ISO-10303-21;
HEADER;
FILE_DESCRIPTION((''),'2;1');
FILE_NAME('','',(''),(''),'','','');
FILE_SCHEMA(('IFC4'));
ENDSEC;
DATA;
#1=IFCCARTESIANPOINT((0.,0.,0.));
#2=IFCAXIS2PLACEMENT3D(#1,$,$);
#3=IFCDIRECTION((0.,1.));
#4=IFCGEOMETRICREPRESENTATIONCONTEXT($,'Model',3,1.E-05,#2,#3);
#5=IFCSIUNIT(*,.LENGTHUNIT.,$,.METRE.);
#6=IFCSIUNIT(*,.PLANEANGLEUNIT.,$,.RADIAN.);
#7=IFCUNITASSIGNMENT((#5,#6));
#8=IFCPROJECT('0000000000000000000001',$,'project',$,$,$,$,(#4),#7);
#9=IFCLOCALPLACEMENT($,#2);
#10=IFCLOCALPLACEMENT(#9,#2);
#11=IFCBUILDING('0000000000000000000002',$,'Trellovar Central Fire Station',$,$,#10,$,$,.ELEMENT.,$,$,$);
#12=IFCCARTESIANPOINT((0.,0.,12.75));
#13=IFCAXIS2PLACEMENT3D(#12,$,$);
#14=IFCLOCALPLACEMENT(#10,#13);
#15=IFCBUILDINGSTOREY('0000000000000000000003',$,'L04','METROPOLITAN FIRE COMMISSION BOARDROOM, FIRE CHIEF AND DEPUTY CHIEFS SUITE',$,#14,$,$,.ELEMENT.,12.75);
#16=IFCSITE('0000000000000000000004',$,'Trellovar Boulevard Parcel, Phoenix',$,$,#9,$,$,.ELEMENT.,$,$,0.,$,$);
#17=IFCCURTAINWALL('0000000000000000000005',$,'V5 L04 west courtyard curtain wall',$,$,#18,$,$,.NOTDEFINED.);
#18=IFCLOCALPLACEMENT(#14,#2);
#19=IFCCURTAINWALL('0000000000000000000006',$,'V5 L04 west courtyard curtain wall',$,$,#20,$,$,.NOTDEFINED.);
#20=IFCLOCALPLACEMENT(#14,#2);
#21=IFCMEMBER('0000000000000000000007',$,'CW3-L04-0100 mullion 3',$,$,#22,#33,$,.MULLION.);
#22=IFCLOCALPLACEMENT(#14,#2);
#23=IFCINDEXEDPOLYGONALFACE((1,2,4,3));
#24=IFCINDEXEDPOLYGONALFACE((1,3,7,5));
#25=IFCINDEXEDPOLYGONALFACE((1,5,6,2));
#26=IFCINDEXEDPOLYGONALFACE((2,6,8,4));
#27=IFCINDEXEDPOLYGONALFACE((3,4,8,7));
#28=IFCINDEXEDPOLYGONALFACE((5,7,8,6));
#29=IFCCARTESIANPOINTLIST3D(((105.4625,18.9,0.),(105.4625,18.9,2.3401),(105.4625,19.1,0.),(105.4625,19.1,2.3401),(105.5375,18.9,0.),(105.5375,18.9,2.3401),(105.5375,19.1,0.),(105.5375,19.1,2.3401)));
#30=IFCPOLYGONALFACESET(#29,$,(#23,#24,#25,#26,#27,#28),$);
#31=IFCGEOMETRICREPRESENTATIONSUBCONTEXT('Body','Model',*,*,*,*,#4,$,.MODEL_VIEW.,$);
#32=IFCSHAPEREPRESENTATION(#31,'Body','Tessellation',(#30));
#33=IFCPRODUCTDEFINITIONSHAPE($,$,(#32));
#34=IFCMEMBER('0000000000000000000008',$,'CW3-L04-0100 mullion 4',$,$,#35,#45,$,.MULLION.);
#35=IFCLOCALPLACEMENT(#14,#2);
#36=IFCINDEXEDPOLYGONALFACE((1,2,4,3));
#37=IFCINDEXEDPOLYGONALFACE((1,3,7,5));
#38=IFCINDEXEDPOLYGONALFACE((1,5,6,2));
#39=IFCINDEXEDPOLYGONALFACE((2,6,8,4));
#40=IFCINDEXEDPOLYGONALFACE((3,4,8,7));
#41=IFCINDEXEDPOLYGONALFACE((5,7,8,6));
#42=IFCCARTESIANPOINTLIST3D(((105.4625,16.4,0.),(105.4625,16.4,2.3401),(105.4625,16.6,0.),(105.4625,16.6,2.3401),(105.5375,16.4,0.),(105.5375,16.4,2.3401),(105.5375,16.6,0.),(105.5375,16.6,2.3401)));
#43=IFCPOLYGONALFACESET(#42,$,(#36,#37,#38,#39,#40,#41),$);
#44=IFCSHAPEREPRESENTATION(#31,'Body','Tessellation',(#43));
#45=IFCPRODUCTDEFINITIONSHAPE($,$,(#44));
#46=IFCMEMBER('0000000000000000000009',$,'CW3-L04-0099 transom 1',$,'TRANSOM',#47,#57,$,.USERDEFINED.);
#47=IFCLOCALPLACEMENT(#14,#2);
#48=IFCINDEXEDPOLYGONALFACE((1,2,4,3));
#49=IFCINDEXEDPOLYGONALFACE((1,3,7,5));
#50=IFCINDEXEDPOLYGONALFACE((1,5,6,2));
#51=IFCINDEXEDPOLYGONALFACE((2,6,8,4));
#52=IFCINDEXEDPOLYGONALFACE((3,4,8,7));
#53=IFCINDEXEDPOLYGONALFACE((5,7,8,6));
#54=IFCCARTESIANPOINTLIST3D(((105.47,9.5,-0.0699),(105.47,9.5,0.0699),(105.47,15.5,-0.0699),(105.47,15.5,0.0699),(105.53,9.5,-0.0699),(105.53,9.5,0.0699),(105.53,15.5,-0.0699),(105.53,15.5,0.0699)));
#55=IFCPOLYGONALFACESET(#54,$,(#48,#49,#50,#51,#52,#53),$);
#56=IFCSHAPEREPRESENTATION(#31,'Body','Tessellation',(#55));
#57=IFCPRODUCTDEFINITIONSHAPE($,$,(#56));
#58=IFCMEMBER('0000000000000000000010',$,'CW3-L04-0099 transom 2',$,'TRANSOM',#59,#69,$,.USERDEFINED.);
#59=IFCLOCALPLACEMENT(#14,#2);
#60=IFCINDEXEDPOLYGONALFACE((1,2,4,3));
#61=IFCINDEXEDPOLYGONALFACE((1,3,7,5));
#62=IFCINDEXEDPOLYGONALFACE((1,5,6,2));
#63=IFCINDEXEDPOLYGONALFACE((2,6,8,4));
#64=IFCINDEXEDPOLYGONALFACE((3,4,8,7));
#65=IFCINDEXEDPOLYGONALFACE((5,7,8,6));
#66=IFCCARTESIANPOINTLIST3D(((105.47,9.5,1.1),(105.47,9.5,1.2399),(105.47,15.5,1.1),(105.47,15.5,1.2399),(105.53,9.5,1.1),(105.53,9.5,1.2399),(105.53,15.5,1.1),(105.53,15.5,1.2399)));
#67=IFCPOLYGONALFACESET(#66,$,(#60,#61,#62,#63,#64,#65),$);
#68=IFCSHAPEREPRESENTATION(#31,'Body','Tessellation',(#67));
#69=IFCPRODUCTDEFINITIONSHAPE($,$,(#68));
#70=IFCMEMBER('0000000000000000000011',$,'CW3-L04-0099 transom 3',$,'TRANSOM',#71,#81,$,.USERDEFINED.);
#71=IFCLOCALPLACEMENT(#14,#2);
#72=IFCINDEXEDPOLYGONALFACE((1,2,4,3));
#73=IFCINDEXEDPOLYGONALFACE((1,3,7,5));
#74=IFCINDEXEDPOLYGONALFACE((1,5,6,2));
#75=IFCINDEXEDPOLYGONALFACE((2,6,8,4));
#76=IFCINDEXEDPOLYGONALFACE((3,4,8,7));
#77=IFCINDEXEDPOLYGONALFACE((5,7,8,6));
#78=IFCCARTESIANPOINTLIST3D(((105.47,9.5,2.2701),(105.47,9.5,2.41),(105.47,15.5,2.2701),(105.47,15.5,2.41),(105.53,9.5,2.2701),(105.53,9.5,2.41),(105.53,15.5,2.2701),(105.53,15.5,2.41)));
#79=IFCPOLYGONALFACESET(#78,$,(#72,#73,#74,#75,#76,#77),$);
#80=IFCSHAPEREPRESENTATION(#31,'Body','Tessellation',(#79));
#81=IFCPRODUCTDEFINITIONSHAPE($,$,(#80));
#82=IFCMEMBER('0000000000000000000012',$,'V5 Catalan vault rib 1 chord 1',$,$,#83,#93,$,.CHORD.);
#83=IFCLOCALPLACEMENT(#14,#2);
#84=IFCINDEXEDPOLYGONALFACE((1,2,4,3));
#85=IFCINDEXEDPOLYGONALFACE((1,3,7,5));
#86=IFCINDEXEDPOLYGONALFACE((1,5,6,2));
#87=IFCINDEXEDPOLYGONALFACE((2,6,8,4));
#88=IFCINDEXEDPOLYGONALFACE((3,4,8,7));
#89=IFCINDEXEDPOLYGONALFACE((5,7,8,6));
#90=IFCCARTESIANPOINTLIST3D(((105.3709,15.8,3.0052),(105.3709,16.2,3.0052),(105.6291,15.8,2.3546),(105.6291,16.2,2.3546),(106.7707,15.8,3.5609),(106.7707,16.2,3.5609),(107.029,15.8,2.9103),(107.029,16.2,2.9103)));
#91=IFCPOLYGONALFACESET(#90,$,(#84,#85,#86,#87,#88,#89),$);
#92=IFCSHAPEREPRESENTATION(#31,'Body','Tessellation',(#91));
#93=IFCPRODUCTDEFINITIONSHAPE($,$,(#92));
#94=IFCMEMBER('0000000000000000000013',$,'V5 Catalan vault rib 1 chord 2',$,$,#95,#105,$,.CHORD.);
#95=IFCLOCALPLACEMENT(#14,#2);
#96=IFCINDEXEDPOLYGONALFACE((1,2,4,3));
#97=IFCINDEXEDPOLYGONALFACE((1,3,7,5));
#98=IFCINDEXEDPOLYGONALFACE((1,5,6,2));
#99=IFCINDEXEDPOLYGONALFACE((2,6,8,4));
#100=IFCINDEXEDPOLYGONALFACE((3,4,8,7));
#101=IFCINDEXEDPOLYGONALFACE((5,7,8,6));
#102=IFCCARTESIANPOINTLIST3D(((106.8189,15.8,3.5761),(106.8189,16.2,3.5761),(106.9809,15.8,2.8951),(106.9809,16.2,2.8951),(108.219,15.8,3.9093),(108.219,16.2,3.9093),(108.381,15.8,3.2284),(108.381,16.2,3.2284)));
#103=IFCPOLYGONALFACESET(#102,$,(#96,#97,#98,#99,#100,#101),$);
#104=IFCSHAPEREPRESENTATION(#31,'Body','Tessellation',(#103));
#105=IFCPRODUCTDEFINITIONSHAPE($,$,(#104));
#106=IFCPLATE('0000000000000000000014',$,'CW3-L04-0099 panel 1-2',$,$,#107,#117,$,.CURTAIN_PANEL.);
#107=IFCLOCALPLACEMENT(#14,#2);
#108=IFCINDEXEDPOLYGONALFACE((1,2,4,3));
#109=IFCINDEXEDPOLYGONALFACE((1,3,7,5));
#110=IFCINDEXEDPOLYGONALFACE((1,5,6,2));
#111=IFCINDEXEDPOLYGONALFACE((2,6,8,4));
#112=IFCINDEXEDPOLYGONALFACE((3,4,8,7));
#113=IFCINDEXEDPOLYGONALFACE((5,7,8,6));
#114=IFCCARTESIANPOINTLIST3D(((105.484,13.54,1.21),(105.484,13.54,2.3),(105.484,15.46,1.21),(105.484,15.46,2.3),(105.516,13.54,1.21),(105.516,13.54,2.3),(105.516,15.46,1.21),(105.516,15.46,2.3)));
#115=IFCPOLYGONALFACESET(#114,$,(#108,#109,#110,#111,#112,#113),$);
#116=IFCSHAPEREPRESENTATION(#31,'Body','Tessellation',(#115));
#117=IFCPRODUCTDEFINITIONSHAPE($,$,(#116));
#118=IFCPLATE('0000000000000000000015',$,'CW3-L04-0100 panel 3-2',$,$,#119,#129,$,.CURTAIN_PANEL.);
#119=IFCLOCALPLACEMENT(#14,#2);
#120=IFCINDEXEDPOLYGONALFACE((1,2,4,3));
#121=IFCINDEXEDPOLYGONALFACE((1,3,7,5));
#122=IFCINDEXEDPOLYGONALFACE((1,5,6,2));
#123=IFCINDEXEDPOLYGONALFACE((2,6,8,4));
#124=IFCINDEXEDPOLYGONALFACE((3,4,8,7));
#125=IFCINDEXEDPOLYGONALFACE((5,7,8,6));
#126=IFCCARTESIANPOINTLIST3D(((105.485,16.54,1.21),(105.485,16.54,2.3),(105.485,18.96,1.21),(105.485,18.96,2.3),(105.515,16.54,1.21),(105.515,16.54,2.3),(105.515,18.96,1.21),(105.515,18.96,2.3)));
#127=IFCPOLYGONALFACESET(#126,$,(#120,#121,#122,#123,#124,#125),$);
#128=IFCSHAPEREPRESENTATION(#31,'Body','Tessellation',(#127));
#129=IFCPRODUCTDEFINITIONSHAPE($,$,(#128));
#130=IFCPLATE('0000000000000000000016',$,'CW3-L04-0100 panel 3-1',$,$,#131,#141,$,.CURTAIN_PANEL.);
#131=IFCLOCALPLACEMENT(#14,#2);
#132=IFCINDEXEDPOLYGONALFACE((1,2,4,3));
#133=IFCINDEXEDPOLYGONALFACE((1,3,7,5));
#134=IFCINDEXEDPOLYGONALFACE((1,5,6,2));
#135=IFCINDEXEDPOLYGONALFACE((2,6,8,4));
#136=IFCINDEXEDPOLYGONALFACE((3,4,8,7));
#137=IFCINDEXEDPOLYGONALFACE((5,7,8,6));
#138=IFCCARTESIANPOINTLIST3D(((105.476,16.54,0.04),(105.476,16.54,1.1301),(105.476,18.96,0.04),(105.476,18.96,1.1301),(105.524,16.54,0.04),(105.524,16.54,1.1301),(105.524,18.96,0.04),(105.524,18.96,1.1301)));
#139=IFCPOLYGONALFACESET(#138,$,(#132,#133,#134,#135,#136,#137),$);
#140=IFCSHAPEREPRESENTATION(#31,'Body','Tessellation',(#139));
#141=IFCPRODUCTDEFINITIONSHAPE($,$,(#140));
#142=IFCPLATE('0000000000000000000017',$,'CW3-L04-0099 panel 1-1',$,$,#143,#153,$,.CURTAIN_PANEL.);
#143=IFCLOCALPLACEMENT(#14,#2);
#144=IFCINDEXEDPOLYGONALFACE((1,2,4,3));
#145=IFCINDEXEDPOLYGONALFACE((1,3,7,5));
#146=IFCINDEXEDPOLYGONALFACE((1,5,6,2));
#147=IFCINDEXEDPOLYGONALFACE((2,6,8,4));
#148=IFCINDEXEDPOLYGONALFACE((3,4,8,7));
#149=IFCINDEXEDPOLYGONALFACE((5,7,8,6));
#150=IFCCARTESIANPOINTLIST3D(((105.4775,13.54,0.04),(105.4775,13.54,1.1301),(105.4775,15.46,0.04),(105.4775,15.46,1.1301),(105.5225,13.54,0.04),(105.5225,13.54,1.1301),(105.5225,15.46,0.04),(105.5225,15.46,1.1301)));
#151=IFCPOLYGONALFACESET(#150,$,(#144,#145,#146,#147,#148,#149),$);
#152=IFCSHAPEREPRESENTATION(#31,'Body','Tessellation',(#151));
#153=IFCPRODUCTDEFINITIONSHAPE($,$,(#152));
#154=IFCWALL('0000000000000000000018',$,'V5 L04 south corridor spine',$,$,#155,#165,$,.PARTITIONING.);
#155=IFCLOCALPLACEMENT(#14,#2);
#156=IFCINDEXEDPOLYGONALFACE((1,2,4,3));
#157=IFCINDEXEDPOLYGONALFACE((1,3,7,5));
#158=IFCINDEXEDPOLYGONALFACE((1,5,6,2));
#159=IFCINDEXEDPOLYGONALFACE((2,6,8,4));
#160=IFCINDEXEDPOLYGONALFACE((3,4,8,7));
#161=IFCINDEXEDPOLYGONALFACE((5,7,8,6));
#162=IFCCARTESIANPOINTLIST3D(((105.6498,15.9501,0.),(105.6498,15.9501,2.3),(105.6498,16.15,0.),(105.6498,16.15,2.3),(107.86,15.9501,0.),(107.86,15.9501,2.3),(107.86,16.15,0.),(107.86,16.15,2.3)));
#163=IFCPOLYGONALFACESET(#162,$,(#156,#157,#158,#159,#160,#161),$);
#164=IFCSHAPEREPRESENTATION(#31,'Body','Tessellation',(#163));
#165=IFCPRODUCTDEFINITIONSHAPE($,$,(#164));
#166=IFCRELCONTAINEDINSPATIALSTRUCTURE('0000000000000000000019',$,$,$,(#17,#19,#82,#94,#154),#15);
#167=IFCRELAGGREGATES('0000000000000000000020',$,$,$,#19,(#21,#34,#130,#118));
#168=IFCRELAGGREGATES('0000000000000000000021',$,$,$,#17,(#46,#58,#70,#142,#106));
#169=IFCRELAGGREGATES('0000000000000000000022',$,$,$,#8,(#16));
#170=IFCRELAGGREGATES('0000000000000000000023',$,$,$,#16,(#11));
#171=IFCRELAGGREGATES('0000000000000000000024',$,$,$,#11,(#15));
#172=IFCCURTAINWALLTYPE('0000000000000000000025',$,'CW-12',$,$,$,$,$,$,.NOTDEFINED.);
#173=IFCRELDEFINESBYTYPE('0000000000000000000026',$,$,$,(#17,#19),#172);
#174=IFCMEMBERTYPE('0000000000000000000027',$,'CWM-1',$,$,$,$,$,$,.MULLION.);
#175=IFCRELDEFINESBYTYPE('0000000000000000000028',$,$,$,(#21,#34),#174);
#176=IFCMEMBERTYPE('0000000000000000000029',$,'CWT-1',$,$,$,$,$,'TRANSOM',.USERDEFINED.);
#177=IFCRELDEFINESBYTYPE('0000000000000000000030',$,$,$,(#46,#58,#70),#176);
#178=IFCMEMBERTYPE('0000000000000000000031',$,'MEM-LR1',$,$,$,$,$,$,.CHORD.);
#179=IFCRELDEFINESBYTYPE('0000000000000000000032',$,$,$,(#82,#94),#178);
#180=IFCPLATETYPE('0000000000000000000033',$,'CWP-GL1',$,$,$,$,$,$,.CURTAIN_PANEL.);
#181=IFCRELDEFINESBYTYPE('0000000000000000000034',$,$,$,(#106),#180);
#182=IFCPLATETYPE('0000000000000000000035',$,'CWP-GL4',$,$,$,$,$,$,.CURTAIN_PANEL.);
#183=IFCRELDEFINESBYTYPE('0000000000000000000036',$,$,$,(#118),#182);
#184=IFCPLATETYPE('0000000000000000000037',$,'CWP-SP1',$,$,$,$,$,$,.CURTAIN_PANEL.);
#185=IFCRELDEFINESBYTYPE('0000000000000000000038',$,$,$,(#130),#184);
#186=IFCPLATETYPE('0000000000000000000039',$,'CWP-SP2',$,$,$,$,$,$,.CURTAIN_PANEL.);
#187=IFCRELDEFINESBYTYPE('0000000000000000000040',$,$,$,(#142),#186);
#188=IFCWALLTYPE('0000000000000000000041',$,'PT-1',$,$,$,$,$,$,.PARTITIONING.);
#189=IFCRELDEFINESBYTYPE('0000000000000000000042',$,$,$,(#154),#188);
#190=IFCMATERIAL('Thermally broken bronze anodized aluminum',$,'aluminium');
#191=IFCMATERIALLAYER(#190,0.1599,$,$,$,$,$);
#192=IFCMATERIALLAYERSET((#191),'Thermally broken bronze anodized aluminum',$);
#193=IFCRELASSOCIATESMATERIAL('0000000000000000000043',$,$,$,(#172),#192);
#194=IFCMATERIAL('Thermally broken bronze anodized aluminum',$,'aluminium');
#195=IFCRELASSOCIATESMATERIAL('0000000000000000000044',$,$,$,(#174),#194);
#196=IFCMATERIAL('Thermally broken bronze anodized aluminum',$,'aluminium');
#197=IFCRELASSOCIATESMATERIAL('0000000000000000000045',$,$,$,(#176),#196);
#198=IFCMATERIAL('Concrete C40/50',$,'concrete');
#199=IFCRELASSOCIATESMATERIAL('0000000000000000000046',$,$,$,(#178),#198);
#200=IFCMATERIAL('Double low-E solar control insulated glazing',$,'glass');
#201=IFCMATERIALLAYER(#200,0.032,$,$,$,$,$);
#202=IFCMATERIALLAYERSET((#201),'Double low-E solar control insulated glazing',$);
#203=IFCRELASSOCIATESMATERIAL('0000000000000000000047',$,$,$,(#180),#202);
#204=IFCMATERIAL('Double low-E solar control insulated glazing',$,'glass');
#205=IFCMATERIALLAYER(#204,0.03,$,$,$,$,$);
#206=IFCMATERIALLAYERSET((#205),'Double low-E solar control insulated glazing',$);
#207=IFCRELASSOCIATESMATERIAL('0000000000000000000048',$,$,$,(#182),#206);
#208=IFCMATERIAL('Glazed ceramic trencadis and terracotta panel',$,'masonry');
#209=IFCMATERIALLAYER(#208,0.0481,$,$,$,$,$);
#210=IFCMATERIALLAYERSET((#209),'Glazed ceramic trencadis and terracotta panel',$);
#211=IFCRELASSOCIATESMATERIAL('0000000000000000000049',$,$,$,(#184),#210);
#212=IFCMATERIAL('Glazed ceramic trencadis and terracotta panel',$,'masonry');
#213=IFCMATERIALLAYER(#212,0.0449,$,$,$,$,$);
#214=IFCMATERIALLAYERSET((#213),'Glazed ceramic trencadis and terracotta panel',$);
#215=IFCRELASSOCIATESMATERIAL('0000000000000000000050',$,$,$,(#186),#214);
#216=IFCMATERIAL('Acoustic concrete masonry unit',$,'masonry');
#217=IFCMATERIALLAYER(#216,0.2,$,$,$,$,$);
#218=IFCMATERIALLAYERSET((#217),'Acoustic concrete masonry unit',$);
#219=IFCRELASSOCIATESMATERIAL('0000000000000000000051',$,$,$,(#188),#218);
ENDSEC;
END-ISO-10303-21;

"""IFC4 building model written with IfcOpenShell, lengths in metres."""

from ifc_helpers import new_model, si_unit, direction, frame, frame_2d, origin, origin_2d, place, context, subcontext, project, spatial, rectangle, extrude, material, layer, layer_set, material_profile, profile_set, type_object, element, aggregate, save


model = new_model("IFC4")

# Units and contexts
model_context = context("Model", 3, precision=1e-05, world=origin(), true_north=direction((0.0, 1.0)))
body_context = subcontext(model_context, "Body", "Model", "MODEL_VIEW")
ifc_project = project(units=[si_unit("LENGTHUNIT", "METRE"), si_unit("PLANEANGLEUNIT", "RADIAN")], contexts=[model_context])

# Site, building, storey
site_placement = place(None, origin())
site = spatial("IfcSite", under=ifc_project, at=site_placement, Name="Trellovar Boulevard Parcel, Phoenix", CompositionType="ELEMENT", RefElevation=0.0)
building_placement = place(site_placement, origin())
building = spatial("IfcBuilding", under=site, at=building_placement, Name="Trellovar Central Fire Station", CompositionType="ELEMENT")
storey_placement = place(building_placement, frame((0.0, 0.0, 12.75)))
storey = spatial("IfcBuildingStorey", under=building, at=storey_placement, Name="L04", Description="METROPOLITAN FIRE COMMISSION BOARDROOM, FIRE CHIEF AND DEPUTY CHIEFS SUITE", CompositionType="ELEMENT", Elevation=12.75)

# Curtain wall
ifc_material_1 = material(Name="Thermally broken bronze anodized aluminum", Category="aluminium")
ifc_layer_1 = layer(ifc_material_1, 0.1599)
ifc_layer_set_1 = layer_set([ifc_layer_1], Name="Thermally broken bronze anodized aluminum")
curtain_wall_type = type_object("IfcCurtainWallType", Name="CW-12", PredefinedType="NOTDEFINED", material=ifc_layer_set_1)
curtain_wall_1_placement = place(storey_placement, origin())
curtain_wall_1 = element("IfcCurtainWall", 1, at=curtain_wall_1_placement, inside=storey, type_object=curtain_wall_type, Name="V5 L04 west courtyard curtain wall", PredefinedType="NOTDEFINED")
ifc_material_2 = material(Name="Thermally broken bronze anodized aluminum", Category="aluminium")
ifc_material_profile_1 = material_profile(ifc_material_2, rectangle(XDim=0.075, YDim=0.2, at=origin_2d()), Name="ALU75X200")
ifc_profile_set_1 = profile_set([ifc_material_profile_1], Name="Thermally broken bronze anodized aluminum")
member_type_1 = type_object("IfcMemberType", Name="CWM-1", PredefinedType="MULLION", material=ifc_profile_set_1)

# Curtain wall, members
curtain_wall_2_placement = place(storey_placement, origin())
curtain_wall_2 = element("IfcCurtainWall", 2, at=curtain_wall_2_placement, inside=storey, type_object=curtain_wall_type, Name="V5 L04 west courtyard curtain wall", PredefinedType="NOTDEFINED")
member_1_placement = place(storey_placement, frame((105.5, 19.0, 0.0), z_axis=(0.0, 0.0, 1.0), x_axis=(1.0, 0.0, 0.0)))
member_1 = element("IfcMember", 3, at=member_1_placement, type_object=member_type_1, Name="CW3-L04-0100 mullion 3", PredefinedType="MULLION", context=body_context, shape_type="SweptSolid", body=[
    extrude(rectangle(XDim=0.075, YDim=0.2, at=origin_2d()), origin(), (0.0, 0.0, 1.0), 2.3401),
])
member_2_placement = place(storey_placement, frame((105.5, 16.5, 0.0), z_axis=(0.0, 0.0, 1.0), x_axis=(1.0, 0.0, 0.0)))
member_2 = element("IfcMember", 4, at=member_2_placement, type_object=member_type_1, Name="CW3-L04-0100 mullion 4", PredefinedType="MULLION", context=body_context, shape_type="SweptSolid", body=[
    extrude(rectangle(XDim=0.075, YDim=0.2, at=origin_2d()), origin(), (0.0, 0.0, 1.0), 2.3401),
])

# Members
ifc_material_3 = material(Name="Thermally broken bronze anodized aluminum", Category="aluminium")
ifc_material_profile_2 = material_profile(ifc_material_3, rectangle(XDim=0.0601, YDim=0.1399, at=origin_2d()), Name="ALU60X140")
ifc_profile_set_2 = profile_set([ifc_material_profile_2], Name="Thermally broken bronze anodized aluminum")
member_type_2 = type_object("IfcMemberType", Name="CWT-1", ElementType="TRANSOM", PredefinedType="USERDEFINED", material=ifc_profile_set_2)
member_3_placement = place(storey_placement, frame((105.5, 15.5, 0.0), z_axis=(0.0, -1.0, 0.0), x_axis=(1.0, 0.0, 0.0)))
member_3 = element("IfcMember", 5, at=member_3_placement, type_object=member_type_2, Name="CW3-L04-0099 transom 1", ObjectType="TRANSOM", PredefinedType="USERDEFINED", context=body_context, shape_type="SweptSolid", body=[
    extrude(rectangle(XDim=0.0601, YDim=0.1399, at=origin_2d()), origin(), (0.0, 0.0, 1.0), 6.0),
])
member_4_placement = place(storey_placement, frame((105.5, 15.5, 1.1699), z_axis=(0.0, -1.0, 0.0), x_axis=(1.0, 0.0, 0.0)))
member_4 = element("IfcMember", 6, at=member_4_placement, type_object=member_type_2, Name="CW3-L04-0099 transom 2", ObjectType="TRANSOM", PredefinedType="USERDEFINED", context=body_context, shape_type="SweptSolid", body=[
    extrude(rectangle(XDim=0.0601, YDim=0.1399, at=origin_2d()), origin(), (0.0, 0.0, 1.0), 6.0),
])
member_5_placement = place(storey_placement, frame((105.5, 15.5, 2.3401), z_axis=(0.0, -1.0, 0.0), x_axis=(1.0, 0.0, 0.0)))
member_5 = element("IfcMember", 7, at=member_5_placement, type_object=member_type_2, Name="CW3-L04-0099 transom 3", ObjectType="TRANSOM", PredefinedType="USERDEFINED", context=body_context, shape_type="SweptSolid", body=[
    extrude(rectangle(XDim=0.0601, YDim=0.1399, at=origin_2d()), origin(), (0.0, 0.0, 1.0), 6.0),
])

# Members
ifc_material_4 = material(Name="Concrete C40/50", Category="concrete")
ifc_material_profile_3 = material_profile(ifc_material_4, rectangle(XDim=0.3999, YDim=0.7, at=origin_2d()), Name="RC400X700")
ifc_profile_set_3 = profile_set([ifc_material_profile_3], Name="Concrete C40/50")
member_type_3 = type_object("IfcMemberType", Name="MEM-LR1", PredefinedType="CHORD", material=ifc_profile_set_3)
member_6_placement = place(storey_placement, frame((105.5, 16.0, 2.6799), z_axis=(0.929457, 0.0, 0.36893), x_axis=(0.0, 1.0, 0.0)))
element("IfcMember", 8, at=member_6_placement, inside=storey, type_object=member_type_3, Name="V5 Catalan vault rib 1 chord 1", PredefinedType="CHORD", context=body_context, shape_type="SweptSolid", body=[
    extrude(rectangle(XDim=0.3999, YDim=0.7, at=origin_2d()), origin(), (0.0, 0.0, 1.0), 1.5061),
])
member_7_placement = place(storey_placement, frame((106.8999, 16.0, 3.2356), z_axis=(0.972824, 0.0, 0.231544), x_axis=(0.0, 1.0, 0.0)))
element("IfcMember", 9, at=member_7_placement, inside=storey, type_object=member_type_3, Name="V5 Catalan vault rib 1 chord 2", PredefinedType="CHORD", context=body_context, shape_type="SweptSolid", body=[
    extrude(rectangle(XDim=0.3999, YDim=0.7, at=origin_2d()), origin(), (0.0, 0.0, 1.0), 1.4392),
])

# Plates
ifc_material_5 = material(Name="Double low-E solar control insulated glazing", Category="glass")
ifc_layer_2 = layer(ifc_material_5, 0.032)
ifc_layer_set_2 = layer_set([ifc_layer_2], Name="Double low-E solar control insulated glazing")
plate_type_1 = type_object("IfcPlateType", Name="CWP-GL1", PredefinedType="CURTAIN_PANEL", material=ifc_layer_set_2)
plate_1_placement = place(storey_placement, frame((105.5, 14.5, 1.21), z_axis=(0.0, 0.0, 1.0), x_axis=(0.0, -1.0, 0.0)))
plate_1 = element("IfcPlate", 10, at=plate_1_placement, type_object=plate_type_1, Name="CW3-L04-0099 panel 1-2", PredefinedType="CURTAIN_PANEL", context=body_context, shape_type="SweptSolid", body=[
    extrude(rectangle(XDim=1.9199, YDim=0.032, at=origin_2d()), origin(), (0.0, 0.0, 1.0), 1.0901),
])
ifc_material_6 = material(Name="Double low-E solar control insulated glazing", Category="glass")
ifc_layer_3 = layer(ifc_material_6, 0.03)
ifc_layer_set_3 = layer_set([ifc_layer_3], Name="Double low-E solar control insulated glazing")
plate_type_2 = type_object("IfcPlateType", Name="CWP-GL4", PredefinedType="CURTAIN_PANEL", material=ifc_layer_set_3)
plate_2_placement = place(storey_placement, frame((105.5, 17.75, 1.21), z_axis=(0.0, 0.0, 1.0), x_axis=(0.0, -1.0, 0.0)))
plate_2 = element("IfcPlate", 11, at=plate_2_placement, type_object=plate_type_2, Name="CW3-L04-0100 panel 3-2", PredefinedType="CURTAIN_PANEL", context=body_context, shape_type="SweptSolid", body=[
    extrude(rectangle(XDim=2.4199, YDim=0.03, at=origin_2d()), origin(), (0.0, 0.0, 1.0), 1.0901),
])
ifc_material_7 = material(Name="Glazed ceramic trencadis and terracotta panel", Category="masonry")
ifc_layer_4 = layer(ifc_material_7, 0.0481)
ifc_layer_set_4 = layer_set([ifc_layer_4], Name="Glazed ceramic trencadis and terracotta panel")
plate_type_3 = type_object("IfcPlateType", Name="CWP-SP1", PredefinedType="CURTAIN_PANEL", material=ifc_layer_set_4)
plate_3_placement = place(storey_placement, frame((105.5, 17.75, 0.04), z_axis=(0.0, 0.0, 1.0), x_axis=(0.0, -1.0, 0.0)))
plate_3 = element("IfcPlate", 12, at=plate_3_placement, type_object=plate_type_3, Name="CW3-L04-0100 panel 3-1", PredefinedType="CURTAIN_PANEL", context=body_context, shape_type="SweptSolid", body=[
    extrude(rectangle(XDim=2.4199, YDim=0.0481, at=origin_2d()), origin(), (0.0, 0.0, 1.0), 1.0901),
])
aggregate(curtain_wall_2, [member_1, member_2, plate_3, plate_2])
ifc_material_8 = material(Name="Glazed ceramic trencadis and terracotta panel", Category="masonry")
ifc_layer_5 = layer(ifc_material_8, 0.0449)
ifc_layer_set_5 = layer_set([ifc_layer_5], Name="Glazed ceramic trencadis and terracotta panel")
plate_type_4 = type_object("IfcPlateType", Name="CWP-SP2", PredefinedType="CURTAIN_PANEL", material=ifc_layer_set_5)
plate_4_placement = place(storey_placement, frame((105.5, 14.5, 0.04), z_axis=(0.0, 0.0, 1.0), x_axis=(0.0, -1.0, 0.0)))
plate_4 = element("IfcPlate", 13, at=plate_4_placement, type_object=plate_type_4, Name="CW3-L04-0099 panel 1-1", PredefinedType="CURTAIN_PANEL", context=body_context, shape_type="SweptSolid", body=[
    extrude(rectangle(XDim=1.9199, YDim=0.0449, at=origin_2d()), origin(), (0.0, 0.0, 1.0), 1.0901),
])
aggregate(curtain_wall_1, [member_3, member_4, member_5, plate_4, plate_1])

# Wall
ifc_material_9 = material(Name="Acoustic concrete masonry unit", Category="masonry")
ifc_layer_6 = layer(ifc_material_9, 0.2)
ifc_layer_set_6 = layer_set([ifc_layer_6], Name="Acoustic concrete masonry unit")
wall_type = type_object("IfcWallType", Name="PT-1", PredefinedType="PARTITIONING", material=ifc_layer_set_6)
wall_1_placement = place(storey_placement, frame((105.6499, 16.05, 0.0), z_axis=(0.0, 0.0, 1.0), x_axis=(1.0, 0.0, 0.0)))
element("IfcWall", 14, at=wall_1_placement, inside=storey, type_object=wall_type, Name="V5 L04 south corridor spine", PredefinedType="PARTITIONING", context=body_context, shape_type="SweptSolid", body=[
    extrude(rectangle(XDim=2.2102, YDim=0.2, at=frame_2d((1.105, 0.0))), origin(), (0.0, 0.0, 1.0), 2.3),
])

save(model, "model.ifc")
